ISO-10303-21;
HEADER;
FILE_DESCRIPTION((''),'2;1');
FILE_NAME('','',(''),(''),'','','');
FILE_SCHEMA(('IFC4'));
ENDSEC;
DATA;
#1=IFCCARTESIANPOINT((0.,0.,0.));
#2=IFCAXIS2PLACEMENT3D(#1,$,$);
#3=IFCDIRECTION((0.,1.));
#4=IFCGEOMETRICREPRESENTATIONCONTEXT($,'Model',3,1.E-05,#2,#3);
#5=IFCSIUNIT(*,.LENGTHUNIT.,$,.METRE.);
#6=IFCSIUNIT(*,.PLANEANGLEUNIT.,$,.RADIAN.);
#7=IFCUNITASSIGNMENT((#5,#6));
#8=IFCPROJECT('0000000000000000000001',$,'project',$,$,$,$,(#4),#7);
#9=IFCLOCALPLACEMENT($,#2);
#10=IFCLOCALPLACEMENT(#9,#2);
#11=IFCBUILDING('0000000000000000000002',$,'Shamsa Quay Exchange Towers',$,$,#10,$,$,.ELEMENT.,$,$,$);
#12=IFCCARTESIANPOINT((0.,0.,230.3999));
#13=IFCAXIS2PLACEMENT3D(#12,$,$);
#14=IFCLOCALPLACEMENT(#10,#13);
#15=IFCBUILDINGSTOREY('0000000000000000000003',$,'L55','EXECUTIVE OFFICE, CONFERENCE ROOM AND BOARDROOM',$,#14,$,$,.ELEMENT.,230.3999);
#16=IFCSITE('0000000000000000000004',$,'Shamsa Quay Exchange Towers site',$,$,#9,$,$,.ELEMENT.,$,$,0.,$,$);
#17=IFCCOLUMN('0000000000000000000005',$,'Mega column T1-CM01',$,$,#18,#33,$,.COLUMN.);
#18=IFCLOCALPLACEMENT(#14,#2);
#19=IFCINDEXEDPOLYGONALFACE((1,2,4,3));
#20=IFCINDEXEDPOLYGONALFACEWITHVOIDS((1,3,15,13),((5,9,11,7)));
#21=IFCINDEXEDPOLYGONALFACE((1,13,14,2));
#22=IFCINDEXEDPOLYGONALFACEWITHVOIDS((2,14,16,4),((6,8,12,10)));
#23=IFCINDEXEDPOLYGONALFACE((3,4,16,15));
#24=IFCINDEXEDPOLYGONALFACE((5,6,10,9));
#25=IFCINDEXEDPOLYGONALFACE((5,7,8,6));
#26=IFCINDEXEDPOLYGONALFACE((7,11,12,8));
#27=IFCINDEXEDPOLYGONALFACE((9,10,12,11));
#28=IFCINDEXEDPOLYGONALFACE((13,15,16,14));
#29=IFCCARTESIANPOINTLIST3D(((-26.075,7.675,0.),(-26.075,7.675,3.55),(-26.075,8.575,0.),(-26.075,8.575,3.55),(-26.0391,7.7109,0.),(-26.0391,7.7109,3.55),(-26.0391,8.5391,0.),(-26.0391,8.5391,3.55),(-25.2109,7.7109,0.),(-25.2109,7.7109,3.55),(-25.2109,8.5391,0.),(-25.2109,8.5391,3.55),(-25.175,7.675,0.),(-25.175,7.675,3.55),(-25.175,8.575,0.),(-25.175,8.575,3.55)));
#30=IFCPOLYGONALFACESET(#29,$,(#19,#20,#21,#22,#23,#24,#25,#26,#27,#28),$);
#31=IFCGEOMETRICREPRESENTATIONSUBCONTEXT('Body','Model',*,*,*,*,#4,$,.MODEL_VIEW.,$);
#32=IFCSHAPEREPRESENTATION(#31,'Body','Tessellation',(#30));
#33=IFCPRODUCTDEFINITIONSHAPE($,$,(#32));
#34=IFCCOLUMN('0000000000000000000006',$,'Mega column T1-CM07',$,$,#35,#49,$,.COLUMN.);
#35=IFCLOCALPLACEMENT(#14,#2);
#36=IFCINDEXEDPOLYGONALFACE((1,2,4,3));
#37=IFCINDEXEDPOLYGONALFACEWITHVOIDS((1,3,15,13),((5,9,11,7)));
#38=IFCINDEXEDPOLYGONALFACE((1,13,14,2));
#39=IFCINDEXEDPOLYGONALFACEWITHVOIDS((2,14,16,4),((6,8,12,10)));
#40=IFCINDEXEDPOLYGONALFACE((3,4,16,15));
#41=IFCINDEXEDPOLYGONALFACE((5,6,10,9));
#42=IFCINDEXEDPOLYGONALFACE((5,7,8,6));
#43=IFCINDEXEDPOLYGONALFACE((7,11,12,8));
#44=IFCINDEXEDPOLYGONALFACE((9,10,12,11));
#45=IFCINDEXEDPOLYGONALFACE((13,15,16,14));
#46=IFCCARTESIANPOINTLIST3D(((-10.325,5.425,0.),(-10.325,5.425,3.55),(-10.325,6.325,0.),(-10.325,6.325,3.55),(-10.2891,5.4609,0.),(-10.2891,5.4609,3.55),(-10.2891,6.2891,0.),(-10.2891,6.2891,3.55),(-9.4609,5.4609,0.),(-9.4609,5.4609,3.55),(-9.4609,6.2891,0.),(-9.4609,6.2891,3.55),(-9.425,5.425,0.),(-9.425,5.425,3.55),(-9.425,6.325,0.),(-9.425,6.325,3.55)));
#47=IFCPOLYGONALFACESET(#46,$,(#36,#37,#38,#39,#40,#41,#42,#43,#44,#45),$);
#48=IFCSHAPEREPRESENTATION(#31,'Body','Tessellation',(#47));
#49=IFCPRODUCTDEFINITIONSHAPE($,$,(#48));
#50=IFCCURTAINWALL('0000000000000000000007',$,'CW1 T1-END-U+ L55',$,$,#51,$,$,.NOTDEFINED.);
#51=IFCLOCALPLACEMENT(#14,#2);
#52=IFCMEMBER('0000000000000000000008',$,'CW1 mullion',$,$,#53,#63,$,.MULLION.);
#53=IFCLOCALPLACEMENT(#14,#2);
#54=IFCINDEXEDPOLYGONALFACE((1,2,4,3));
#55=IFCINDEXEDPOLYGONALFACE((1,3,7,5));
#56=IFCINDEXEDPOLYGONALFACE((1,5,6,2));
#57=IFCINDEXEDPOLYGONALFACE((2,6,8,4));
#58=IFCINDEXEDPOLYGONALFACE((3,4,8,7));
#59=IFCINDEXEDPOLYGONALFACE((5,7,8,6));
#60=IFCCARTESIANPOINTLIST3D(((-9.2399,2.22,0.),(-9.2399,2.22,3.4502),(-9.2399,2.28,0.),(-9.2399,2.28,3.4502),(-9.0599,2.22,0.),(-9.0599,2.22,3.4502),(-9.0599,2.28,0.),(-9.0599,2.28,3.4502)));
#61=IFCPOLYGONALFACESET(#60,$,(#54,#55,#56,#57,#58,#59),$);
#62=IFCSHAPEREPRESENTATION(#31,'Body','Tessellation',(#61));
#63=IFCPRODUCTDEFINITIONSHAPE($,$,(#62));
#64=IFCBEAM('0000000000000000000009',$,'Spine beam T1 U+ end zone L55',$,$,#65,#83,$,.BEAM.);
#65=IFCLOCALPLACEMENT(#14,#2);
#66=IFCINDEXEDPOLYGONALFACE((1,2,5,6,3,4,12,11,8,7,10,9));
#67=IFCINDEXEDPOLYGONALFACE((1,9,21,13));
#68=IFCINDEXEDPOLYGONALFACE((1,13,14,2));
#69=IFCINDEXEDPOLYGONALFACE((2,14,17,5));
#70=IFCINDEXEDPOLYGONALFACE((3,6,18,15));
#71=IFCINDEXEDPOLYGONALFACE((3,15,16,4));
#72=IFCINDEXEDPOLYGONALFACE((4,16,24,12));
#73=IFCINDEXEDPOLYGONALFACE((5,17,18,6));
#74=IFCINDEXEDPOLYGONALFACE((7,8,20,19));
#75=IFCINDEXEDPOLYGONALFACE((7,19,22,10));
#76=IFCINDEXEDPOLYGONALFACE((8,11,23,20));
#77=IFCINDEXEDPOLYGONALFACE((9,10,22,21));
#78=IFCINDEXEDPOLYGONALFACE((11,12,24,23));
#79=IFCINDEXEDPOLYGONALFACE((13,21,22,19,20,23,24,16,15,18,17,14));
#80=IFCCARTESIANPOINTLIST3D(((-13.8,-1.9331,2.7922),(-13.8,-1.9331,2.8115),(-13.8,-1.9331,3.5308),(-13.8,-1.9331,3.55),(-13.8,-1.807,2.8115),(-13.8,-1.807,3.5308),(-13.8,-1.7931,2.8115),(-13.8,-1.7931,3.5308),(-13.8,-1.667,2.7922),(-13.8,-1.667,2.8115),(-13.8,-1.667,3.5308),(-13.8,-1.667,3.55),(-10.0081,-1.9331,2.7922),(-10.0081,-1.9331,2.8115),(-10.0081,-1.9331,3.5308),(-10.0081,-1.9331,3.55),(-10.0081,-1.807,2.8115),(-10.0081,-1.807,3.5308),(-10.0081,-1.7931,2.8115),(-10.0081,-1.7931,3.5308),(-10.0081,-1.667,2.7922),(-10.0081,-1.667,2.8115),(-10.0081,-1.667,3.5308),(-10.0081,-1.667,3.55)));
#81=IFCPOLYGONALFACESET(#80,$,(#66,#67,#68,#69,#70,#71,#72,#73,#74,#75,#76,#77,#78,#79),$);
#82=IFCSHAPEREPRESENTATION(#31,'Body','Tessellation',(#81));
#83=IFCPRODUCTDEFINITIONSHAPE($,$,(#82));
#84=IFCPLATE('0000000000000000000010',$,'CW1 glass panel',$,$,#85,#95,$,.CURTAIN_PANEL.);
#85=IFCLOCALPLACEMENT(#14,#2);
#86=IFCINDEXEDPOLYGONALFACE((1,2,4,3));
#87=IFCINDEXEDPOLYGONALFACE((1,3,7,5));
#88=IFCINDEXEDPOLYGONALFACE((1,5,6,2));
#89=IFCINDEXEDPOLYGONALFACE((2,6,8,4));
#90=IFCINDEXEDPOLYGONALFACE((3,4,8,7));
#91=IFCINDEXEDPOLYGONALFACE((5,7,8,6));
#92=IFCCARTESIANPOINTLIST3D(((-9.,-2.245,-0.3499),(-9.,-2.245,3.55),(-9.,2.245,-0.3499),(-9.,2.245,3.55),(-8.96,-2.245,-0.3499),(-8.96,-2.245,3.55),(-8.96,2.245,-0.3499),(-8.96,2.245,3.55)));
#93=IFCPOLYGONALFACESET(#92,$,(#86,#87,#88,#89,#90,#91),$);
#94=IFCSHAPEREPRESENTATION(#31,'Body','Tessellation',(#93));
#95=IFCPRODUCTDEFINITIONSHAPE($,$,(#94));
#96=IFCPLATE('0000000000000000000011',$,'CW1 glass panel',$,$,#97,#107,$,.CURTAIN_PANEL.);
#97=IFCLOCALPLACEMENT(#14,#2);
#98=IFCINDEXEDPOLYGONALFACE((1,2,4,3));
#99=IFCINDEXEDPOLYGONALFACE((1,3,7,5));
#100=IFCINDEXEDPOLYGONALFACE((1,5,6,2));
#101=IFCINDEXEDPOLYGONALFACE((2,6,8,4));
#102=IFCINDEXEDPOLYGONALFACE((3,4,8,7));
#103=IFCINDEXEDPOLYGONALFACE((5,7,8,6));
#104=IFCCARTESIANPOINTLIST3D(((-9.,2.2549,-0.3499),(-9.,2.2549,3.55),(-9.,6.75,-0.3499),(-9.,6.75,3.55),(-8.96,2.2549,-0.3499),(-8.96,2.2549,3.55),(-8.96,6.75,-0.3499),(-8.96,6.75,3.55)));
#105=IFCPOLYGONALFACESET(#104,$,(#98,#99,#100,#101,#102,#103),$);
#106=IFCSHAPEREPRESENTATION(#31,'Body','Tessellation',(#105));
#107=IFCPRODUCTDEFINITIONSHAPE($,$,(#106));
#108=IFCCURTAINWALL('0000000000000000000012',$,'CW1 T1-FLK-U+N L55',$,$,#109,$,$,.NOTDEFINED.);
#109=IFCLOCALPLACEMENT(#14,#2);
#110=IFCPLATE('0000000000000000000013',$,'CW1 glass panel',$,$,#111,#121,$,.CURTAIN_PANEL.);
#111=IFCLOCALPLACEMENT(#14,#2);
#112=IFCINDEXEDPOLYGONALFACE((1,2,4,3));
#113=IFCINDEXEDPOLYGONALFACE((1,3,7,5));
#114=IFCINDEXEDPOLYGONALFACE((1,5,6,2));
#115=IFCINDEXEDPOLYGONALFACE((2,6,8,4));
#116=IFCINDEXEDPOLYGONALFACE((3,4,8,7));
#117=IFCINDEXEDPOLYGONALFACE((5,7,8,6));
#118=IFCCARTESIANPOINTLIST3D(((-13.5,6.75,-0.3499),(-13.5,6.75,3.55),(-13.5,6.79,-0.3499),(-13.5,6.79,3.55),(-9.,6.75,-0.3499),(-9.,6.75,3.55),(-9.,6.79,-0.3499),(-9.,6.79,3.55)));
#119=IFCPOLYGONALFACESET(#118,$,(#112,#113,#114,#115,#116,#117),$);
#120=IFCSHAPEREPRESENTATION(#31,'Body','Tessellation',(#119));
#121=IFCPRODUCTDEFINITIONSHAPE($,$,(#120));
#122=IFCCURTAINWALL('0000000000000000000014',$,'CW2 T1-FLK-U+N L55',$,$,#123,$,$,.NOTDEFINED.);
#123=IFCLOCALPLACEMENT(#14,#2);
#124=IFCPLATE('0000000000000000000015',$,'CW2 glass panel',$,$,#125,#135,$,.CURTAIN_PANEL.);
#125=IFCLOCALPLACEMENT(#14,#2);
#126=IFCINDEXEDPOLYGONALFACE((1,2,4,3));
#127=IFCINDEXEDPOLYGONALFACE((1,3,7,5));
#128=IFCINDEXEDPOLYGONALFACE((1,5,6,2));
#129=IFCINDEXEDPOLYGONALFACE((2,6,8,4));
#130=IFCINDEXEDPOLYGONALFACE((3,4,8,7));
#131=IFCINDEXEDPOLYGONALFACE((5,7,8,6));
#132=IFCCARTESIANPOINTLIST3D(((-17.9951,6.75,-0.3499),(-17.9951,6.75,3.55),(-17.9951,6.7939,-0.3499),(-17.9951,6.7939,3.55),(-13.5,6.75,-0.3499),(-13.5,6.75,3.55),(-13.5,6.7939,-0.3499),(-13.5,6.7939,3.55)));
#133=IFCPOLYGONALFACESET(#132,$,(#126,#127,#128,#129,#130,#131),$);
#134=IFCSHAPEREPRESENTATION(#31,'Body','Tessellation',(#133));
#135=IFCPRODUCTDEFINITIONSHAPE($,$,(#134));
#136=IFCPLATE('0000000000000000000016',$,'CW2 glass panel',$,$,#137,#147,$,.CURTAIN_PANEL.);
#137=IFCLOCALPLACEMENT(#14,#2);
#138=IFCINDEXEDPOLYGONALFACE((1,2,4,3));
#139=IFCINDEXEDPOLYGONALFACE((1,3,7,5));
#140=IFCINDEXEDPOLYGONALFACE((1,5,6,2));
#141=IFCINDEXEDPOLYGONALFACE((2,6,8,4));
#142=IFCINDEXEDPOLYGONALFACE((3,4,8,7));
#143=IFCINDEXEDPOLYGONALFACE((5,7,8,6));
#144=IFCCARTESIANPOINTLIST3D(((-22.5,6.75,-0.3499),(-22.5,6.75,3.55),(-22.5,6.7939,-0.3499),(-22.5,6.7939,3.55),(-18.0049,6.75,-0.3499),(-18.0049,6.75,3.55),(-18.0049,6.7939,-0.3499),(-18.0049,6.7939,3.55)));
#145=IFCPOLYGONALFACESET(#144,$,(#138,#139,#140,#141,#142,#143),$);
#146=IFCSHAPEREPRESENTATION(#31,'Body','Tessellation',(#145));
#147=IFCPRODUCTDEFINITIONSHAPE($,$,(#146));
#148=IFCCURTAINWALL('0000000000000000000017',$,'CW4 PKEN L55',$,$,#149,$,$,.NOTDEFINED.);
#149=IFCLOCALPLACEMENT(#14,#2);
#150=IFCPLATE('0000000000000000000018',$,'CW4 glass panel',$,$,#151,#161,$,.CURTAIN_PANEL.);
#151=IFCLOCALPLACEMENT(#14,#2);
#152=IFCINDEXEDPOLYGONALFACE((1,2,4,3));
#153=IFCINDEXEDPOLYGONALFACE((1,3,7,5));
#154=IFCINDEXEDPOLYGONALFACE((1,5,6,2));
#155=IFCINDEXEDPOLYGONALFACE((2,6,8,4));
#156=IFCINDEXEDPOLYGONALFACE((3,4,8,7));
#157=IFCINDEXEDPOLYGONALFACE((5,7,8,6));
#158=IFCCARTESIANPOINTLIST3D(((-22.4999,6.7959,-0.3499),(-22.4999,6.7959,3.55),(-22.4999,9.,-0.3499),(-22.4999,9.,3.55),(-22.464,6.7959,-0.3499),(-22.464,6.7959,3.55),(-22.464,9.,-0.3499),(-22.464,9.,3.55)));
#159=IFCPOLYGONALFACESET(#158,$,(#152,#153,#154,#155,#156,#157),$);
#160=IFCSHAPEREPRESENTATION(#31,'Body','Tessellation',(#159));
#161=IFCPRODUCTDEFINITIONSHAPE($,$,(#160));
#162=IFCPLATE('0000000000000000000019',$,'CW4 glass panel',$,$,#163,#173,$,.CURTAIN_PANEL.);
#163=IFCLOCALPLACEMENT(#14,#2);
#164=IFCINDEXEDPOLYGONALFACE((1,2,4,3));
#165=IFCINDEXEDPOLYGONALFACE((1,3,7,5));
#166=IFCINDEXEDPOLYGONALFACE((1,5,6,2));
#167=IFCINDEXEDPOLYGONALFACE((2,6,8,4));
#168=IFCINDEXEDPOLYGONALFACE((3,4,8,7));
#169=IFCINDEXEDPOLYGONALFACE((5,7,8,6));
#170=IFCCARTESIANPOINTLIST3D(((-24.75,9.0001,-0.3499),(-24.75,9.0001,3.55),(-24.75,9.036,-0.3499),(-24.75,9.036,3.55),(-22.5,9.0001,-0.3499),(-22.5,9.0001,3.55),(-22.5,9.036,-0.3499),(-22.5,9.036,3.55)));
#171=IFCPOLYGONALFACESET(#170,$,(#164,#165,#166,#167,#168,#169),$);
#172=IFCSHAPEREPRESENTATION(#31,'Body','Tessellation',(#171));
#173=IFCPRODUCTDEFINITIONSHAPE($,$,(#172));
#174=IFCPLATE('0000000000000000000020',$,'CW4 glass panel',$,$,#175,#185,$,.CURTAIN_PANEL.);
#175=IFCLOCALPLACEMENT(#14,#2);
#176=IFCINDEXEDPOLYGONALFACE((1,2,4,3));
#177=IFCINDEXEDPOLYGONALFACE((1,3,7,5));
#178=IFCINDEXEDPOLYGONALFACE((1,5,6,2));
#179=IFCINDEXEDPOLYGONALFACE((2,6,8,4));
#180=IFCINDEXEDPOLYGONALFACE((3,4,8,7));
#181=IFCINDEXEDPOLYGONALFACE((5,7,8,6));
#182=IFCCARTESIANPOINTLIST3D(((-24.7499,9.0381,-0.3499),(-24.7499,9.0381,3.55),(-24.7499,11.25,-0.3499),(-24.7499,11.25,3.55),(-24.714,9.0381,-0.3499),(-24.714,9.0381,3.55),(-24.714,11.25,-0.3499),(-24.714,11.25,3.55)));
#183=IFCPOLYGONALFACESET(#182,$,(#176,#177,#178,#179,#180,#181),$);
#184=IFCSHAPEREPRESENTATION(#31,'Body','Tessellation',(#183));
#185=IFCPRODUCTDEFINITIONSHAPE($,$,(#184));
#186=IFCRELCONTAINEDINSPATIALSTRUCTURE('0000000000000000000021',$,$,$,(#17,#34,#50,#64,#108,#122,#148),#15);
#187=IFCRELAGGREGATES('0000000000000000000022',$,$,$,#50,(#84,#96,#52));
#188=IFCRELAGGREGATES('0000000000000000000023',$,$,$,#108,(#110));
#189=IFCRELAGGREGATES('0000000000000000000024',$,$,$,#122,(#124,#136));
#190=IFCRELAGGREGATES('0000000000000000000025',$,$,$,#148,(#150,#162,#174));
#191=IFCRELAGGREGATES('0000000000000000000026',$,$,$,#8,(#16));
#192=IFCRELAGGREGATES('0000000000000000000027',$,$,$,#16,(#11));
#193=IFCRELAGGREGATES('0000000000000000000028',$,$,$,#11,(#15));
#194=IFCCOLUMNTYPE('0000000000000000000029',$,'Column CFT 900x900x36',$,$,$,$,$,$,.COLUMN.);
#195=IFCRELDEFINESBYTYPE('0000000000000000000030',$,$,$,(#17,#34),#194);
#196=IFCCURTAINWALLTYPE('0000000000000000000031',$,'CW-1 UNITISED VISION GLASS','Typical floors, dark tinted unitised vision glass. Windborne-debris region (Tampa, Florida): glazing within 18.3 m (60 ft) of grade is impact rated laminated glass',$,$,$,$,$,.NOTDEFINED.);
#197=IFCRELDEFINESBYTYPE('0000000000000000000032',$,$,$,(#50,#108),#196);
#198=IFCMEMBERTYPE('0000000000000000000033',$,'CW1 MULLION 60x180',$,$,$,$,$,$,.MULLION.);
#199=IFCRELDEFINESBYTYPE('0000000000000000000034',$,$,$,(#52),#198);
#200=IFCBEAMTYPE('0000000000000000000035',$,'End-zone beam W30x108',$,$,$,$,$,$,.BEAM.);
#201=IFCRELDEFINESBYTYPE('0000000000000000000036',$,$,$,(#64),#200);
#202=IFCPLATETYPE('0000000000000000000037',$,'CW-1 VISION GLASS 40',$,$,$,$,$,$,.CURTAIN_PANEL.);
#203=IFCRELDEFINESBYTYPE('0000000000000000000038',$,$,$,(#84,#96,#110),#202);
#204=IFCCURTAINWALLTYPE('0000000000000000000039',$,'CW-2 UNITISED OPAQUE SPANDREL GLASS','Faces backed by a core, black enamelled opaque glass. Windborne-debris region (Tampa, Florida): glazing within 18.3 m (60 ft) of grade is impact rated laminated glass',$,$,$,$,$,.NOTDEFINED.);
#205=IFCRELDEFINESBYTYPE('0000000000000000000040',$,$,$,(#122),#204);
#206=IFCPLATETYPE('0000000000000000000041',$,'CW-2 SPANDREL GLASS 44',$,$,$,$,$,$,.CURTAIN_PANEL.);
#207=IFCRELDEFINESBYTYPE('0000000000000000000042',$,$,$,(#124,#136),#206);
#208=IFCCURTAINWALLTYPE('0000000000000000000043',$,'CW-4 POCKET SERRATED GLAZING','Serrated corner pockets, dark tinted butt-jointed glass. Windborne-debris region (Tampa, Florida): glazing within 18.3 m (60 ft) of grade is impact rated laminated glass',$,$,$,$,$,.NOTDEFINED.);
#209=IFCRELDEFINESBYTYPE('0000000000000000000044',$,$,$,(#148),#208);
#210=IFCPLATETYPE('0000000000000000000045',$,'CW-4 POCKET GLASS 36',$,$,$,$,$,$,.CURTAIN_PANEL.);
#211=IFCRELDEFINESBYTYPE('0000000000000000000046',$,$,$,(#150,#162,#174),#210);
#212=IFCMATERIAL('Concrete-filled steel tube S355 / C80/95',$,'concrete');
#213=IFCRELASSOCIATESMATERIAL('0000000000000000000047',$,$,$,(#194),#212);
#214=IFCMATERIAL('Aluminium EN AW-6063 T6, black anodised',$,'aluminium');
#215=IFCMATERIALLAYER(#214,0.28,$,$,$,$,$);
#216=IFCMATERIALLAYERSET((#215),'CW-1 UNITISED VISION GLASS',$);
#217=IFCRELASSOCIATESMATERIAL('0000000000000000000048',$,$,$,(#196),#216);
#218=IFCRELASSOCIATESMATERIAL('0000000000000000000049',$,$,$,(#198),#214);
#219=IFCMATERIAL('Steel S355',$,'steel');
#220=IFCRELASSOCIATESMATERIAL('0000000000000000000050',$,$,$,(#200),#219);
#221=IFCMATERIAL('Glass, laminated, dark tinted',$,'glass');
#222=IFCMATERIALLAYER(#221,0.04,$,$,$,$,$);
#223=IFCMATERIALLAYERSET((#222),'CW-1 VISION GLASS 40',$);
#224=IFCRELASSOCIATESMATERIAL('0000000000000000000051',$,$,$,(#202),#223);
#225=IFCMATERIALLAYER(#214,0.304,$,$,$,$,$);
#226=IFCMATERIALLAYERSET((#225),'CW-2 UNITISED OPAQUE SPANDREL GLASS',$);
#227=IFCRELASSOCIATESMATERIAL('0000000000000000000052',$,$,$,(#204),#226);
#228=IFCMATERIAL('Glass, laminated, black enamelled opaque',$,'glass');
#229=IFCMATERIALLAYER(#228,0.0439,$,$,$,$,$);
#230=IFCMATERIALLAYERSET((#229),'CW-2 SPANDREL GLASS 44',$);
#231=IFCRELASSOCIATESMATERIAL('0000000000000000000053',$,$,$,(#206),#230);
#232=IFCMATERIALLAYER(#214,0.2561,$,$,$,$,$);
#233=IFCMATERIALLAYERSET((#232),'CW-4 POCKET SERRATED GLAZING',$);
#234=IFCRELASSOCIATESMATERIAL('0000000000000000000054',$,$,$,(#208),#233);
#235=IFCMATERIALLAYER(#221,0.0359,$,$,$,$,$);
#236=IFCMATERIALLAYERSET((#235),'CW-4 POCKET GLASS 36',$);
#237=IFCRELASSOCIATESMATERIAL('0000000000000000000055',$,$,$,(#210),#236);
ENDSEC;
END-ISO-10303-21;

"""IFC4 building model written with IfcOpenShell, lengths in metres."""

from ifc_helpers import new_model, si_unit, direction, frame, origin, origin_2d, place, context, subcontext, project, spatial, rectangle, hollow_rectangle, i_section, extrude, material, layer, layer_set, material_profile, profile_set, type_object, element, aggregate, save


model = new_model("IFC4")

# Units and contexts
model_context = context("Model", 3, precision=1e-05, world=origin(), true_north=direction((0.0, 1.0)))
body_context = subcontext(model_context, "Body", "Model", "MODEL_VIEW")
ifc_project = project(units=[si_unit("LENGTHUNIT", "METRE"), si_unit("PLANEANGLEUNIT", "RADIAN")], contexts=[model_context])

# Site, building, storey
site_placement = place(None, origin())
site = spatial("IfcSite", under=ifc_project, at=site_placement, Name="Shamsa Quay Exchange Towers site", CompositionType="ELEMENT", RefElevation=0.0)
building_placement = place(site_placement, origin())
building = spatial("IfcBuilding", under=site, at=building_placement, Name="Shamsa Quay Exchange Towers", CompositionType="ELEMENT")
storey_placement = place(building_placement, frame((0.0, 0.0, 230.3999)))
storey = spatial("IfcBuildingStorey", under=building, at=storey_placement, Name="L55", Description="EXECUTIVE OFFICE, CONFERENCE ROOM AND BOARDROOM", CompositionType="ELEMENT", Elevation=230.3999)

# Columns
ifc_material_1 = material(Name="Concrete-filled steel tube S355 / C80/95", Category="concrete")
ifc_material_profile_1 = material_profile(ifc_material_1, hollow_rectangle(XDim=0.8999, YDim=0.8999, WallThickness=0.0359, at=origin_2d()), Name="CFT 900x900x36")
ifc_profile_set_1 = profile_set([ifc_material_profile_1], Name="Concrete-filled steel tube S355 / C80/95")
column_type = type_object("IfcColumnType", Name="Column CFT 900x900x36", PredefinedType="COLUMN", material=ifc_profile_set_1)
for number, where, name in (
    (1, (-25.625, 8.125, 0.0), "Mega column T1-CM01"),
    (2, (-9.875, 5.875, 0.0), "Mega column T1-CM07"),
):
    element("IfcColumn", number, at=place(storey_placement, frame(where)), inside=storey, type_object=column_type, Name=name, PredefinedType="COLUMN", context=body_context, shape_type="SweptSolid", body=[
        extrude(hollow_rectangle(XDim=0.8999, YDim=0.8999, WallThickness=0.0359, at=origin_2d()), origin(), (0.0, 0.0, 1.0), 3.55),
    ])

# Curtain wall, member
ifc_material_2 = material(Name="Aluminium EN AW-6063 T6, black anodised", Category="aluminium")
ifc_layer_1 = layer(ifc_material_2, 0.28)
ifc_layer_set_1 = layer_set([ifc_layer_1], Name="CW-1 UNITISED VISION GLASS")
curtain_wall_type_1 = type_object("IfcCurtainWallType", Name="CW-1 UNITISED VISION GLASS", Description="Typical floors, dark tinted unitised vision glass. Windborne-debris region (Tampa, Florida): glazing within 18.3 m (60 ft) of grade is impact rated laminated glass", PredefinedType="NOTDEFINED", material=ifc_layer_set_1)
curtain_wall_1_placement = place(storey_placement, origin())
curtain_wall_1 = element("IfcCurtainWall", 3, at=curtain_wall_1_placement, inside=storey, type_object=curtain_wall_type_1, Name="CW1 T1-END-U+ L55", PredefinedType="NOTDEFINED")
ifc_material_profile_2 = material_profile(ifc_material_2, rectangle(XDim=0.1799, YDim=0.0601, at=origin_2d()), Name="MU60x180")
ifc_profile_set_2 = profile_set([ifc_material_profile_2], Name="Aluminium EN AW-6063 T6, black anodised")
member_type = type_object("IfcMemberType", Name="CW1 MULLION 60x180", PredefinedType="MULLION", material=ifc_profile_set_2)
member_placement = place(storey_placement, frame((-9.1499, 2.25, 0.0), z_axis=(0.0, 0.0, 1.0), x_axis=(-1.0, 0.0, 0.0)))
member = element("IfcMember", 4, at=member_placement, type_object=member_type, Name="CW1 mullion", PredefinedType="MULLION", context=body_context, shape_type="SweptSolid", body=[
    extrude(rectangle(XDim=0.1799, YDim=0.0601, at=origin_2d()), origin(), (0.0, 0.0, 1.0), 3.4502),
])

# Beam
ifc_material_3 = material(Name="Steel S355", Category="steel")
ifc_material_profile_3 = material_profile(ifc_material_3, i_section(OverallWidth=0.2661, OverallDepth=0.7578, WebThickness=0.0139, FlangeThickness=0.0193, at=origin_2d()), Name="W30x108")
ifc_profile_set_3 = profile_set([ifc_material_profile_3], Name="Steel S355")
beam_type = type_object("IfcBeamType", Name="End-zone beam W30x108", PredefinedType="BEAM", material=ifc_profile_set_3)
beam_placement = place(storey_placement, frame((-13.8, -1.8, 3.1711), z_axis=(1.0, 0.0, 0.0), x_axis=(0.0, 1.0, 0.0)))
element("IfcBeam", 5, at=beam_placement, inside=storey, type_object=beam_type, Name="Spine beam T1 U+ end zone L55", PredefinedType="BEAM", context=body_context, shape_type="SweptSolid", body=[
    extrude(i_section(OverallWidth=0.2661, OverallDepth=0.7578, WebThickness=0.0139, FlangeThickness=0.0193, at=origin_2d()), origin(), (0.0, 0.0, 1.0), 3.792),
])

# Plates
ifc_material_4 = material(Name="Glass, laminated, dark tinted", Category="glass")
ifc_layer_2 = layer(ifc_material_4, 0.04)
ifc_layer_set_2 = layer_set([ifc_layer_2], Name="CW-1 VISION GLASS 40")
plate_type_1 = type_object("IfcPlateType", Name="CW-1 VISION GLASS 40", PredefinedType="CURTAIN_PANEL", material=ifc_layer_set_2)
plate_1_placement = place(storey_placement, frame((-8.98, 0.0, -0.3499), z_axis=(0.0, 0.0, 1.0), x_axis=(0.0, 1.0, 0.0)))
plate_1 = element("IfcPlate", 6, at=plate_1_placement, type_object=plate_type_1, Name="CW1 glass panel", PredefinedType="CURTAIN_PANEL", context=body_context, shape_type="SweptSolid", body=[
    extrude(rectangle(XDim=4.49, YDim=0.04, at=origin_2d()), origin(), (0.0, 0.0, 1.0), 3.8999),
])
plate_2_placement = place(storey_placement, frame((-8.98, 4.5024, -0.3499), z_axis=(0.0, 0.0, 1.0), x_axis=(0.0, 1.0, 0.0)))
plate_2 = element("IfcPlate", 7, at=plate_2_placement, type_object=plate_type_1, Name="CW1 glass panel", PredefinedType="CURTAIN_PANEL", context=body_context, shape_type="SweptSolid", body=[
    extrude(rectangle(XDim=4.4951, YDim=0.04, at=origin_2d()), origin(), (0.0, 0.0, 1.0), 3.8999),
])
aggregate(curtain_wall_1, [plate_1, plate_2, member])

# Curtain wall, plate
curtain_wall_2_placement = place(storey_placement, origin())
curtain_wall_2 = element("IfcCurtainWall", 8, at=curtain_wall_2_placement, inside=storey, type_object=curtain_wall_type_1, Name="CW1 T1-FLK-U+N L55", PredefinedType="NOTDEFINED")
plate_3_placement = place(storey_placement, frame((-11.25, 6.77, -0.3499), z_axis=(0.0, 0.0, 1.0), x_axis=(-1.0, 0.0, 0.0)))
plate_3 = element("IfcPlate", 9, at=plate_3_placement, type_object=plate_type_1, Name="CW1 glass panel", PredefinedType="CURTAIN_PANEL", context=body_context, shape_type="SweptSolid", body=[
    extrude(rectangle(XDim=4.5, YDim=0.04, at=origin_2d()), origin(), (0.0, 0.0, 1.0), 3.8999),
])
aggregate(curtain_wall_2, [plate_3])

# Curtain walls, plates
ifc_layer_3 = layer(ifc_material_2, 0.304)
ifc_layer_set_3 = layer_set([ifc_layer_3], Name="CW-2 UNITISED OPAQUE SPANDREL GLASS")
curtain_wall_type_2 = type_object("IfcCurtainWallType", Name="CW-2 UNITISED OPAQUE SPANDREL GLASS", Description="Faces backed by a core, black enamelled opaque glass. Windborne-debris region (Tampa, Florida): glazing within 18.3 m (60 ft) of grade is impact rated laminated glass", PredefinedType="NOTDEFINED", material=ifc_layer_set_3)
curtain_wall_3_placement = place(storey_placement, origin())
curtain_wall_3 = element("IfcCurtainWall", 10, at=curtain_wall_3_placement, inside=storey, type_object=curtain_wall_type_2, Name="CW2 T1-FLK-U+N L55", PredefinedType="NOTDEFINED")
ifc_material_5 = material(Name="Glass, laminated, black enamelled opaque", Category="glass")
ifc_layer_4 = layer(ifc_material_5, 0.0439)
ifc_layer_set_4 = layer_set([ifc_layer_4], Name="CW-2 SPANDREL GLASS 44")
plate_type_2 = type_object("IfcPlateType", Name="CW-2 SPANDREL GLASS 44", PredefinedType="CURTAIN_PANEL", material=ifc_layer_set_4)
plate_4_placement = place(storey_placement, frame((-15.7476, 6.772, -0.3499), z_axis=(0.0, 0.0, 1.0), x_axis=(-1.0, 0.0, 0.0)))
plate_4 = element("IfcPlate", 11, at=plate_4_placement, type_object=plate_type_2, Name="CW2 glass panel", PredefinedType="CURTAIN_PANEL", context=body_context, shape_type="SweptSolid", body=[
    extrude(rectangle(XDim=4.4951, YDim=0.0439, at=origin_2d()), origin(), (0.0, 0.0, 1.0), 3.8999),
])
plate_5_placement = place(storey_placement, frame((-20.2524, 6.772, -0.3499), z_axis=(0.0, 0.0, 1.0), x_axis=(-1.0, 0.0, 0.0)))
plate_5 = element("IfcPlate", 12, at=plate_5_placement, type_object=plate_type_2, Name="CW2 glass panel", PredefinedType="CURTAIN_PANEL", context=body_context, shape_type="SweptSolid", body=[
    extrude(rectangle(XDim=4.4951, YDim=0.0439, at=origin_2d()), origin(), (0.0, 0.0, 1.0), 3.8999),
])
aggregate(curtain_wall_3, [plate_4, plate_5])
ifc_layer_5 = layer(ifc_material_2, 0.2561)
ifc_layer_set_5 = layer_set([ifc_layer_5], Name="CW-4 POCKET SERRATED GLAZING")
curtain_wall_type_3 = type_object("IfcCurtainWallType", Name="CW-4 POCKET SERRATED GLAZING", Description="Serrated corner pockets, dark tinted butt-jointed glass. Windborne-debris region (Tampa, Florida): glazing within 18.3 m (60 ft) of grade is impact rated laminated glass", PredefinedType="NOTDEFINED", material=ifc_layer_set_5)
curtain_wall_4_placement = place(storey_placement, origin())
curtain_wall_4 = element("IfcCurtainWall", 13, at=curtain_wall_4_placement, inside=storey, type_object=curtain_wall_type_3, Name="CW4 PKEN L55", PredefinedType="NOTDEFINED")
ifc_layer_6 = layer(ifc_material_4, 0.0359)
ifc_layer_set_6 = layer_set([ifc_layer_6], Name="CW-4 POCKET GLASS 36")
plate_type_3 = type_object("IfcPlateType", Name="CW-4 POCKET GLASS 36", PredefinedType="CURTAIN_PANEL", material=ifc_layer_set_6)
plate_6_placement = place(storey_placement, frame((-22.4819, 7.8979, -0.3499), z_axis=(0.0, 0.0, 1.0), x_axis=(0.0, 1.0, 0.0)))
plate_6 = element("IfcPlate", 14, at=plate_6_placement, type_object=plate_type_3, Name="CW4 glass panel", PredefinedType="CURTAIN_PANEL", context=body_context, shape_type="SweptSolid", body=[
    extrude(rectangle(XDim=2.2041, YDim=0.0359, at=origin_2d()), origin(), (0.0, 0.0, 1.0), 3.8999),
])
plate_7_placement = place(storey_placement, frame((-23.625, 9.0181, -0.3499), z_axis=(0.0, 0.0, 1.0), x_axis=(-1.0, 0.0, 0.0)))
plate_7 = element("IfcPlate", 15, at=plate_7_placement, type_object=plate_type_3, Name="CW4 glass panel", PredefinedType="CURTAIN_PANEL", context=body_context, shape_type="SweptSolid", body=[
    extrude(rectangle(XDim=2.25, YDim=0.0359, at=origin_2d()), origin(), (0.0, 0.0, 1.0), 3.8999),
])
plate_8_placement = place(storey_placement, frame((-24.7319, 10.144, -0.3499), z_axis=(0.0, 0.0, 1.0), x_axis=(0.0, 1.0, 0.0)))
plate_8 = element("IfcPlate", 16, at=plate_8_placement, type_object=plate_type_3, Name="CW4 glass panel", PredefinedType="CURTAIN_PANEL", context=body_context, shape_type="SweptSolid", body=[
    extrude(rectangle(XDim=2.2119, YDim=0.0359, at=origin_2d()), origin(), (0.0, 0.0, 1.0), 3.8999),
])
aggregate(curtain_wall_4, [plate_6, plate_7, plate_8])

save(model, "model.ifc")
